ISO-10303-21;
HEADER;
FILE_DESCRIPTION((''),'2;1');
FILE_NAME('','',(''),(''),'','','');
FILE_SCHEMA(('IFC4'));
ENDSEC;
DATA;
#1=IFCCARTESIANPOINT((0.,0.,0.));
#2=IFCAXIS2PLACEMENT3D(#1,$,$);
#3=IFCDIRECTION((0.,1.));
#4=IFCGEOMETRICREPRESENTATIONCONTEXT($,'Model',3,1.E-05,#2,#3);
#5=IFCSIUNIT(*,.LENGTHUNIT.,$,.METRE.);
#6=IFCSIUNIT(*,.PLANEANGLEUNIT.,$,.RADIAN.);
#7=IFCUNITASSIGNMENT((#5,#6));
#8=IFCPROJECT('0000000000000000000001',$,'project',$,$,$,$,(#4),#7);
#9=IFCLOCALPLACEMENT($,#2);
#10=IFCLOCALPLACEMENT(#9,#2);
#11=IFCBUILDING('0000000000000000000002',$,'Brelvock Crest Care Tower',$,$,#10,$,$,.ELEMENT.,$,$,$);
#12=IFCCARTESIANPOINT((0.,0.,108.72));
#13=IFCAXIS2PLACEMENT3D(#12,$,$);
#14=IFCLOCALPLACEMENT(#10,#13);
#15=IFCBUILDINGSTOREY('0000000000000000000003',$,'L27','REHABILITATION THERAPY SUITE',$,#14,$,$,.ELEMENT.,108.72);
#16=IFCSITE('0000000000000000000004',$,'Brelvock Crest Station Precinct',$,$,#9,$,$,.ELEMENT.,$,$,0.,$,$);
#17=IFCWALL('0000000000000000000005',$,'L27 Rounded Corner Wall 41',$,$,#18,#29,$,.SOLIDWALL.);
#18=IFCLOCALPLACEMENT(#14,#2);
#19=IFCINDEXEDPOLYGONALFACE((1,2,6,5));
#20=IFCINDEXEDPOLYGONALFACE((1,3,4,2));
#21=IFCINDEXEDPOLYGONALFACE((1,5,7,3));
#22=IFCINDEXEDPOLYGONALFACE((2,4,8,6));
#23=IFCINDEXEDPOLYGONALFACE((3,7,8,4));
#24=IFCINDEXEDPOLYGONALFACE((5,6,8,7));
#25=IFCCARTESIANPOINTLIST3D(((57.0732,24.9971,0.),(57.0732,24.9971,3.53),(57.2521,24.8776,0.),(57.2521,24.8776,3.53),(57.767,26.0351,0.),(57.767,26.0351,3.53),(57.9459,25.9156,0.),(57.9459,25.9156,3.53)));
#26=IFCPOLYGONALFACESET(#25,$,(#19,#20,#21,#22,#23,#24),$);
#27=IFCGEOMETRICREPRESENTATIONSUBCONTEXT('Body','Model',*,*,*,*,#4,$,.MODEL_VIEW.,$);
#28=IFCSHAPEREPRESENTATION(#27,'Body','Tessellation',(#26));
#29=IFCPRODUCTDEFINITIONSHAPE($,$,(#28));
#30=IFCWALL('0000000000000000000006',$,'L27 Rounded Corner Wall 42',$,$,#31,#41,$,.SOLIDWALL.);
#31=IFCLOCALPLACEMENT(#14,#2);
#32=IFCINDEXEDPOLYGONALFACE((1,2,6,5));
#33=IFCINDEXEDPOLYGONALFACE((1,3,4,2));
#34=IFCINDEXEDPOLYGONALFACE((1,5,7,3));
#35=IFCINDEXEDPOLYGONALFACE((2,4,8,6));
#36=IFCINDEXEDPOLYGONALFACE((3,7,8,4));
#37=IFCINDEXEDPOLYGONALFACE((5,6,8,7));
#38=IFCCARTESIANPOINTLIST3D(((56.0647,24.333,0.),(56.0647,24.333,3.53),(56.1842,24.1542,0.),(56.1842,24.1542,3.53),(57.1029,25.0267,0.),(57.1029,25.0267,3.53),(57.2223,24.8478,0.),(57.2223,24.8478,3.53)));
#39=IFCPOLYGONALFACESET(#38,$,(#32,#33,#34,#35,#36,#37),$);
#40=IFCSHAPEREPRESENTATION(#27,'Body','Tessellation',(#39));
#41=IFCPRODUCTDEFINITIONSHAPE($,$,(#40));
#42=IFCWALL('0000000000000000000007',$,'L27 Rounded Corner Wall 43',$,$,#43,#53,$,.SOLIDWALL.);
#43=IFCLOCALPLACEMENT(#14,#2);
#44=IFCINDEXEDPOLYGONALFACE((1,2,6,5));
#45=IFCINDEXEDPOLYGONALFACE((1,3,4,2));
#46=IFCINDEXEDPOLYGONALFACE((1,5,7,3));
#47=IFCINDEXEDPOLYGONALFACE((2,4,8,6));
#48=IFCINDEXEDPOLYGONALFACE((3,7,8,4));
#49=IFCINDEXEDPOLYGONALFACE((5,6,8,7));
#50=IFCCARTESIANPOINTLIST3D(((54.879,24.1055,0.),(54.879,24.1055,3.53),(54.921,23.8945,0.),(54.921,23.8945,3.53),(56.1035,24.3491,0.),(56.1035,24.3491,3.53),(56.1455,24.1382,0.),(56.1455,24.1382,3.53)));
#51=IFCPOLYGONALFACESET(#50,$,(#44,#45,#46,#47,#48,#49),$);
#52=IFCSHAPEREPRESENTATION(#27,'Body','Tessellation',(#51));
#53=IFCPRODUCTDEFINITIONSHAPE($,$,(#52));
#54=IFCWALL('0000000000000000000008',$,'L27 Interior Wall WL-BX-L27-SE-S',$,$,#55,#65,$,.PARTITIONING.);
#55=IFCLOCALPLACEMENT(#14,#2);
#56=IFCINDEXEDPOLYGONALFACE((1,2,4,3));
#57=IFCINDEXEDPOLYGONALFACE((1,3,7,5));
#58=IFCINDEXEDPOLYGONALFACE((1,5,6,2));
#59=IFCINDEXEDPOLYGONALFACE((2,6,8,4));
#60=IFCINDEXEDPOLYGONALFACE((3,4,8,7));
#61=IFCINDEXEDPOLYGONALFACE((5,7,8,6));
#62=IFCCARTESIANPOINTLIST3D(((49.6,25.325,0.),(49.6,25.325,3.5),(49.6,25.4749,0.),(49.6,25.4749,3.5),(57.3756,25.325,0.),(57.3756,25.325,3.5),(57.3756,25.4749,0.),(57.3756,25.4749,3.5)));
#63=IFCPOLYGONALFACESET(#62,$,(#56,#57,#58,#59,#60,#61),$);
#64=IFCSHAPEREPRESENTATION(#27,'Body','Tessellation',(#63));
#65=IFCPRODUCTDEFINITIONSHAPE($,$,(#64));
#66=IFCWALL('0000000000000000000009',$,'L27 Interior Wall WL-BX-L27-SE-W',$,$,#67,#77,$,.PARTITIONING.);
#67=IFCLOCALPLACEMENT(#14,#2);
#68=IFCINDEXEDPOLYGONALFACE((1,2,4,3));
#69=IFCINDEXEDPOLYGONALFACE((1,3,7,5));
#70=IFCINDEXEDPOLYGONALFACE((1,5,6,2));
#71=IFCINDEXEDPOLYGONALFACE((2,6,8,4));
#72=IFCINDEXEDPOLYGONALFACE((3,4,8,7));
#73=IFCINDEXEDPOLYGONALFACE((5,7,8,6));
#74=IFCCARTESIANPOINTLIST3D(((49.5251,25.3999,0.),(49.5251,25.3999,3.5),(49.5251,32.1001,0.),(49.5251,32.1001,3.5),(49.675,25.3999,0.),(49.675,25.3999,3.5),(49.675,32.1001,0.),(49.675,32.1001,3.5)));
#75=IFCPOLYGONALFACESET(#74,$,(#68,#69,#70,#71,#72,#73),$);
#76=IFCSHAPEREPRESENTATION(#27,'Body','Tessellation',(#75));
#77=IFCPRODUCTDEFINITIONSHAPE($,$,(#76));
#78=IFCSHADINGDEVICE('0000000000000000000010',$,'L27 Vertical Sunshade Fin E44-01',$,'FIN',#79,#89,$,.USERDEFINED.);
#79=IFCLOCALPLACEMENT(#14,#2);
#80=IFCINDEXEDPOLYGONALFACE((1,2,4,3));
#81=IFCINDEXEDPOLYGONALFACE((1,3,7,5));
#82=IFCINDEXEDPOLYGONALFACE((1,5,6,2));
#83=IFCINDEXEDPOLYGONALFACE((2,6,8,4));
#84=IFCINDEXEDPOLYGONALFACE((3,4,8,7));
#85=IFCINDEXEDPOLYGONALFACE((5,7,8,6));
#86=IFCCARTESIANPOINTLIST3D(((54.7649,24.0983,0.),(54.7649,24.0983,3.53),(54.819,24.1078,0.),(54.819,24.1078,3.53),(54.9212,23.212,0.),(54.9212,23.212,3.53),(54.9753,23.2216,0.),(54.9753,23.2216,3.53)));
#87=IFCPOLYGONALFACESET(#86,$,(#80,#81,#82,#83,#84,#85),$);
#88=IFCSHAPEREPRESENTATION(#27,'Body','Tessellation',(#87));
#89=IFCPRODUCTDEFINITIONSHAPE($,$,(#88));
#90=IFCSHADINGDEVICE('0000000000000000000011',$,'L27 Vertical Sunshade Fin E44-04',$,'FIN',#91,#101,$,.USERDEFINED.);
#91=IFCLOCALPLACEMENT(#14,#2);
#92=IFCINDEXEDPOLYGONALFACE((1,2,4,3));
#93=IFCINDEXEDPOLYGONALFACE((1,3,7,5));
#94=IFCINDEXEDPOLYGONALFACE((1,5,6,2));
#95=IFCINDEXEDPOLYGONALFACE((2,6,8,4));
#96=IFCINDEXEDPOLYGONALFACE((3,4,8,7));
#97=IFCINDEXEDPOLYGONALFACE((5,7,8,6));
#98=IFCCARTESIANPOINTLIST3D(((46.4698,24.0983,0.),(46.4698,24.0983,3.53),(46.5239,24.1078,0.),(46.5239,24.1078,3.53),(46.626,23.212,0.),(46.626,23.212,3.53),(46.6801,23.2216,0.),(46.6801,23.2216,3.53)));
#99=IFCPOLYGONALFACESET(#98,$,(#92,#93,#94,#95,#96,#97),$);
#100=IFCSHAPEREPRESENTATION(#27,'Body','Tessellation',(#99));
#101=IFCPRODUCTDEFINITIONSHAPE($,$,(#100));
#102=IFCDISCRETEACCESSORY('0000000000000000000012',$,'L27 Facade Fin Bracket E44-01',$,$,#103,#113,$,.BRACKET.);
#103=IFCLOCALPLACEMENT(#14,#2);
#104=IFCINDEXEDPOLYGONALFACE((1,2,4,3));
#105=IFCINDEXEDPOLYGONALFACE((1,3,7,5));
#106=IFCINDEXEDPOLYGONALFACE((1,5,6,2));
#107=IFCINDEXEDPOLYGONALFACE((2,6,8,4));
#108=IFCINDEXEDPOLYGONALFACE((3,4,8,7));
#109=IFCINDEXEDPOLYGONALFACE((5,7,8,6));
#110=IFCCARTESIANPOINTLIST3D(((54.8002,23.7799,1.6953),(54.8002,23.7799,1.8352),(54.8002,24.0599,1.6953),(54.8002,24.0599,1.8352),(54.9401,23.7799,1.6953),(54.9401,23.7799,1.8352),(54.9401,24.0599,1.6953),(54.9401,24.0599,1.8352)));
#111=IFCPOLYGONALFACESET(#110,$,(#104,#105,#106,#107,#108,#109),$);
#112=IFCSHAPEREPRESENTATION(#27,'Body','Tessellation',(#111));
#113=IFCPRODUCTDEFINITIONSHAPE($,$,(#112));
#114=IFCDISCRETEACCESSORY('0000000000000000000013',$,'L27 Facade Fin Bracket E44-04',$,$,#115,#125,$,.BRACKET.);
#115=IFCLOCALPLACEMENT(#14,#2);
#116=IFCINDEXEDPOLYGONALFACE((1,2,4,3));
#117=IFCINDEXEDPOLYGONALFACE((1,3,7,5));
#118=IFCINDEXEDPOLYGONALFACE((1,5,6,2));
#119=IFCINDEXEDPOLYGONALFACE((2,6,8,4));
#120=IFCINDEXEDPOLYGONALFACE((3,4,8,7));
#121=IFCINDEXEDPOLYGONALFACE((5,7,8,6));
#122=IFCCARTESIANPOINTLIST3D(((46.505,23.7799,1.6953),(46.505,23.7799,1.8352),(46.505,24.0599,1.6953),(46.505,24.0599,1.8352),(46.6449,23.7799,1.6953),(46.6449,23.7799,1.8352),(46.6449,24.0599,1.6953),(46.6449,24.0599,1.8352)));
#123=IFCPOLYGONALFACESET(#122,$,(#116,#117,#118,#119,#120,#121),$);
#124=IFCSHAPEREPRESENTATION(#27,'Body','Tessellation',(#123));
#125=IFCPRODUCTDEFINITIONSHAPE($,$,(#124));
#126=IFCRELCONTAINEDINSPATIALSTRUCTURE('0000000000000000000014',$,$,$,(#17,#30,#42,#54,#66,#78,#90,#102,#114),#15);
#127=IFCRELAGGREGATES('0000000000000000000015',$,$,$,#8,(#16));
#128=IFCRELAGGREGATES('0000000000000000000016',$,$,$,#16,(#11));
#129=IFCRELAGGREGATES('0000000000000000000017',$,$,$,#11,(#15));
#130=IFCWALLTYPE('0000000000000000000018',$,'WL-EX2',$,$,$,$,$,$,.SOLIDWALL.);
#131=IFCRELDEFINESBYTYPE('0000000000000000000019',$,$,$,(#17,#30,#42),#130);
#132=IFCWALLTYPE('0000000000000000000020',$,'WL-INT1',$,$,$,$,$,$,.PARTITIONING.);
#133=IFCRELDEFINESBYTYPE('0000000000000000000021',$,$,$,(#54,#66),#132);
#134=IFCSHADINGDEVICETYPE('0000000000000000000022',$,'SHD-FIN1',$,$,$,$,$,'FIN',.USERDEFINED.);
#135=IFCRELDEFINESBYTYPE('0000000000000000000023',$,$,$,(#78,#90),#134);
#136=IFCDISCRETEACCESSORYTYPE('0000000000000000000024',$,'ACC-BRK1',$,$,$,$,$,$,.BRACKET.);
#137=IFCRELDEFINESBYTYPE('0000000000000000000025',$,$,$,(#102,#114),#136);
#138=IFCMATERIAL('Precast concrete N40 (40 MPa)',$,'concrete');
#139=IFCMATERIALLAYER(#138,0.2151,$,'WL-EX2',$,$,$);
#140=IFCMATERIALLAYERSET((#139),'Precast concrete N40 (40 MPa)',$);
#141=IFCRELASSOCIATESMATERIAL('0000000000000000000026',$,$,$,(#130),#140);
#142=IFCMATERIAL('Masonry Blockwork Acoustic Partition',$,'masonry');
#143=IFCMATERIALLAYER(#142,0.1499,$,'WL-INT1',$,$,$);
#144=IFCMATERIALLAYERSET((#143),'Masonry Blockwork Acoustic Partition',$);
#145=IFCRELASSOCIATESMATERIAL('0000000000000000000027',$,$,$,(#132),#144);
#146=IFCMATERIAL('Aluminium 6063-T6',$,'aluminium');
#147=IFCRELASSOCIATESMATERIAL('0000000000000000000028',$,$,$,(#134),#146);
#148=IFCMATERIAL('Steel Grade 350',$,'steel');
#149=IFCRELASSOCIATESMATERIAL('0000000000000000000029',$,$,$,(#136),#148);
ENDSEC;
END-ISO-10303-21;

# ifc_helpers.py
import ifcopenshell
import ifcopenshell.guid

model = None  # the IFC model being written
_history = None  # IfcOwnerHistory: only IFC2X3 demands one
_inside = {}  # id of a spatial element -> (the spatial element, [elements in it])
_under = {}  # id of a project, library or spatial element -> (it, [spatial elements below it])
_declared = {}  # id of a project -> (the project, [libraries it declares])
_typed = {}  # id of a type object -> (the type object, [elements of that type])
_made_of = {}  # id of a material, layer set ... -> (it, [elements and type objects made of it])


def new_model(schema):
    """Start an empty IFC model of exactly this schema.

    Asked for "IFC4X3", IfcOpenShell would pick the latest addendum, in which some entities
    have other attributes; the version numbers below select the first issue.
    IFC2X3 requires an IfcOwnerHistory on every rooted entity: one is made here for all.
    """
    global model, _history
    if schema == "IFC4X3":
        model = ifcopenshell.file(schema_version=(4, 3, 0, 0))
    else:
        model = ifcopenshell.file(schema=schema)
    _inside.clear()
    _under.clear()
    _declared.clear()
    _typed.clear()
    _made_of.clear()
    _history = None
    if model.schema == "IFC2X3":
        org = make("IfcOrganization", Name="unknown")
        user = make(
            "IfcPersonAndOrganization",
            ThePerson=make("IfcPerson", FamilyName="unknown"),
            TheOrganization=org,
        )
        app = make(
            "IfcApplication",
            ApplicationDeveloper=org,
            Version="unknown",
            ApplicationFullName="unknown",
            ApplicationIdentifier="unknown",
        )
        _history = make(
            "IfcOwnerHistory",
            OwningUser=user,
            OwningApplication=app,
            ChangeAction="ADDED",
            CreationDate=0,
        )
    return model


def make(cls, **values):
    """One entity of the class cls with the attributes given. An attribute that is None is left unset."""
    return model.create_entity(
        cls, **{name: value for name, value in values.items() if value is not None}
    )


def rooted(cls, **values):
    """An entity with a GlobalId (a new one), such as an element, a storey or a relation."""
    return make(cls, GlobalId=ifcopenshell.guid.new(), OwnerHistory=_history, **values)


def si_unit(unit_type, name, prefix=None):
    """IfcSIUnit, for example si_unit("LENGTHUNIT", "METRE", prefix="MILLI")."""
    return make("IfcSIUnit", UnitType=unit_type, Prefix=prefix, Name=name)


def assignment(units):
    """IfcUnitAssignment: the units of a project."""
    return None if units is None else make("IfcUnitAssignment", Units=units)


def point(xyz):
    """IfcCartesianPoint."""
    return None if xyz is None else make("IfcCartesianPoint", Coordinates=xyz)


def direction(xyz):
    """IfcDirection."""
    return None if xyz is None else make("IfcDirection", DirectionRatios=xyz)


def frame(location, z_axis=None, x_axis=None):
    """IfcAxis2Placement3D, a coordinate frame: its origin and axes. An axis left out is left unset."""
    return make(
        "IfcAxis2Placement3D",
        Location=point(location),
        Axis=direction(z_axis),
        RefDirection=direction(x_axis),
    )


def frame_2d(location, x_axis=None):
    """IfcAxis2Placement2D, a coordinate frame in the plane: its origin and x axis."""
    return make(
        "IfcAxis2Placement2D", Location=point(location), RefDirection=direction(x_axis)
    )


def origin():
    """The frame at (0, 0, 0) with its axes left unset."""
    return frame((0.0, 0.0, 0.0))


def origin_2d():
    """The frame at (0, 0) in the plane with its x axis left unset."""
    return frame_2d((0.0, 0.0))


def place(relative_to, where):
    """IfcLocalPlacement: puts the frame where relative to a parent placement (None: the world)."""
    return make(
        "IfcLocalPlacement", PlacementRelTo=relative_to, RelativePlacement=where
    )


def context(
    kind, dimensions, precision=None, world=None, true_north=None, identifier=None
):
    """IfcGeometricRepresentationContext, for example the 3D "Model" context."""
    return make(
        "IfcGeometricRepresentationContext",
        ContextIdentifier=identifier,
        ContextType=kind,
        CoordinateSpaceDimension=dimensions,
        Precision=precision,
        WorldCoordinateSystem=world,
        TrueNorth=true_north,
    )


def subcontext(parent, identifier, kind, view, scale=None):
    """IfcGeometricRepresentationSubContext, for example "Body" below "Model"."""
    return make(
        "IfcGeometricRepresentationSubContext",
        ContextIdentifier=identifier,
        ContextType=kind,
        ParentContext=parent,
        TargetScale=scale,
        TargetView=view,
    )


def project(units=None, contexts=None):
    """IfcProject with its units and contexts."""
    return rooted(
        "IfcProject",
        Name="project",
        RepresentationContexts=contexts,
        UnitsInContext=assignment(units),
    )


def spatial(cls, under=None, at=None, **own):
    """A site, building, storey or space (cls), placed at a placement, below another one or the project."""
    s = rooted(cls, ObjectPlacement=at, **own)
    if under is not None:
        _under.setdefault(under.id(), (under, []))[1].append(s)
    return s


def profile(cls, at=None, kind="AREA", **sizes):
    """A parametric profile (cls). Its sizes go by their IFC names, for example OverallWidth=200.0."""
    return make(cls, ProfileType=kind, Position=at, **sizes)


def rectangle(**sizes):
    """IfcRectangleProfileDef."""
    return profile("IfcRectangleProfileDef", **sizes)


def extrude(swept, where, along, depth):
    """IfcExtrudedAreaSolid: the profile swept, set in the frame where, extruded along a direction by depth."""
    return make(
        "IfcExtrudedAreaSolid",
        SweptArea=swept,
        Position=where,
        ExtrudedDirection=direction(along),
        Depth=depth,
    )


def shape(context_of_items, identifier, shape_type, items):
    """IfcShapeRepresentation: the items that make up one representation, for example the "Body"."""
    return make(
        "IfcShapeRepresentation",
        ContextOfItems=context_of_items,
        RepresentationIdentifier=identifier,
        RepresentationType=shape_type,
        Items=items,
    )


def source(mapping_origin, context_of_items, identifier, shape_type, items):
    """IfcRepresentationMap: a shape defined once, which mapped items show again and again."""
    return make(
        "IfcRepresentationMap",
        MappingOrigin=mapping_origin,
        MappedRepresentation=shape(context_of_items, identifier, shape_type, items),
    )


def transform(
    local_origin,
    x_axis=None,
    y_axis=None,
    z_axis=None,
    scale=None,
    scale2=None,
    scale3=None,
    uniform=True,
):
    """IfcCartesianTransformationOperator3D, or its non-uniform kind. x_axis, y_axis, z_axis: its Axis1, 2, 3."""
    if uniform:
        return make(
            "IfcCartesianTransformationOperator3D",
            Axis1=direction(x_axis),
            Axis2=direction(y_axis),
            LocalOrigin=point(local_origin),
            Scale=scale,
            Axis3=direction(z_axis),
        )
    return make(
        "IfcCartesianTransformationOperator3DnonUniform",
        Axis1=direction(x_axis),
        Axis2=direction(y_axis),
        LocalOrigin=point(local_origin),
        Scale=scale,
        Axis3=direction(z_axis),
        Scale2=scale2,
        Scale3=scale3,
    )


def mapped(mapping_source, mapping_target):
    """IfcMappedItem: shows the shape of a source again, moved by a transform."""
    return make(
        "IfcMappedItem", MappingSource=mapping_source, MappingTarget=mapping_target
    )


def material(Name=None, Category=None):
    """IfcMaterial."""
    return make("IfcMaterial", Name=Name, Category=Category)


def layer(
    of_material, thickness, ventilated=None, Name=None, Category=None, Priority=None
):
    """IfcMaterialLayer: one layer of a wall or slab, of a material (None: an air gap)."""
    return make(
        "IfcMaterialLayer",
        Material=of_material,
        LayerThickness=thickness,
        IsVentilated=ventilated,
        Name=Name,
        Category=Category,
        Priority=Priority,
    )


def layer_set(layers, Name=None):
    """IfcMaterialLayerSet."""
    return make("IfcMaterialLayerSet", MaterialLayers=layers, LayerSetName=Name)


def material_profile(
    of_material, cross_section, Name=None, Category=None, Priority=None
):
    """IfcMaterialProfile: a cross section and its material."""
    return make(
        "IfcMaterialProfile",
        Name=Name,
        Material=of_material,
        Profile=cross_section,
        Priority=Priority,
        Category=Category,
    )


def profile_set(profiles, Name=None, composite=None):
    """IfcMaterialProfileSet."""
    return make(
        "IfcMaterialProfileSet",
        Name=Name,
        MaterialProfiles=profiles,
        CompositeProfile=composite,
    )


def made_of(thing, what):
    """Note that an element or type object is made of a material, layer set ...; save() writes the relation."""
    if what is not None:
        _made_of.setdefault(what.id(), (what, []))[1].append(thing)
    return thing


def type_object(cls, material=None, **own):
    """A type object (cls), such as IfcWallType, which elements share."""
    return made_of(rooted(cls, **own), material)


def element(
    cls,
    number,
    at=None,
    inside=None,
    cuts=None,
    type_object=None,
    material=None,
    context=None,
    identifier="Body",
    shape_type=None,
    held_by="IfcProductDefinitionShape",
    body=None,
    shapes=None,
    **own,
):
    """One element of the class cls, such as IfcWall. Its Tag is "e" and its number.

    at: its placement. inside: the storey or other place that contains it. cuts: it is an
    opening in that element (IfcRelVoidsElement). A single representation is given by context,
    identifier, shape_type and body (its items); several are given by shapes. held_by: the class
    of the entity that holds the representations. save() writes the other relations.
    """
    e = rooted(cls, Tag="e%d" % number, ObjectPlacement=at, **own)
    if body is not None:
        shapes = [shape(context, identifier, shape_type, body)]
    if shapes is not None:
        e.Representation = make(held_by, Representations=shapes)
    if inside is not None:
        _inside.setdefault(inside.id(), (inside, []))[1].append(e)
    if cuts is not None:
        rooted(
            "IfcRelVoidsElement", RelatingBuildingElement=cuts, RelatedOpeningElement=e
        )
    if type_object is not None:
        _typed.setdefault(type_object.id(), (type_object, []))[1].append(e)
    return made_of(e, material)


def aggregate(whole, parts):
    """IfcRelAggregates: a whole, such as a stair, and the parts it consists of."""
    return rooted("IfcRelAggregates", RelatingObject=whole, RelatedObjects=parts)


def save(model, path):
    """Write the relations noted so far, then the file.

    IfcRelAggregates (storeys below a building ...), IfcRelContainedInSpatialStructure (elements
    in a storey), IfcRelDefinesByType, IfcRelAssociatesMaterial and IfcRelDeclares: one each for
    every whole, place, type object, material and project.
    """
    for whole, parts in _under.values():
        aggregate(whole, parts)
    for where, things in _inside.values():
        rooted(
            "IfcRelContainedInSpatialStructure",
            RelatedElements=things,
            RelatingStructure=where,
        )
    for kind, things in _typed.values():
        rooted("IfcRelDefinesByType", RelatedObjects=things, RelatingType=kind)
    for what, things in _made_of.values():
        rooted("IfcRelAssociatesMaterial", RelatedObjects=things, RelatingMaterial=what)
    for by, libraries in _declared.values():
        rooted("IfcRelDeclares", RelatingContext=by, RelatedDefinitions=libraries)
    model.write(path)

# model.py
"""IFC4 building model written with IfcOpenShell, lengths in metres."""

from ifc_helpers import new_model, si_unit, direction, frame, frame_2d, origin, origin_2d, place, context, subcontext, project, spatial, rectangle, extrude, source, transform, mapped, material, layer, layer_set, material_profile, profile_set, type_object, element, save


model = new_model("IFC4")

# Units and contexts
model_context = context("Model", 3, precision=1e-05, world=origin(), true_north=direction((0.0, 1.0)))
body_context = subcontext(model_context, "Body", "Model", "MODEL_VIEW")
ifc_project = project(units=[si_unit("LENGTHUNIT", "METRE"), si_unit("PLANEANGLEUNIT", "RADIAN")], contexts=[model_context])

# Site, building, storey
site_placement = place(None, origin())
site = spatial("IfcSite", under=ifc_project, at=site_placement, Name="Brelvock Crest Station Precinct", CompositionType="ELEMENT", RefElevation=0.0)
building_placement = place(site_placement, origin())
building = spatial("IfcBuilding", under=site, at=building_placement, Name="Brelvock Crest Care Tower", CompositionType="ELEMENT")
storey_placement = place(building_placement, frame((0.0, 0.0, 108.72)))
storey = spatial("IfcBuildingStorey", under=building, at=storey_placement, Name="L27", Description="REHABILITATION THERAPY SUITE", CompositionType="ELEMENT", Elevation=108.72)

# Shared definitions
ifc_material_1 = material(Name="Steel Grade 350", Category="steel")

# Shared definitions
ifc_material_2 = material(Name="Aluminium 6063-T6", Category="aluminium")

# Walls
ifc_material_3 = material(Name="Precast concrete N40 (40 MPa)", Category="concrete")
ifc_layer_1 = layer(ifc_material_3, 0.2151, Name="WL-EX2")
ifc_layer_set_1 = layer_set([ifc_layer_1], Name="Precast concrete N40 (40 MPa)")
wall_type_1 = type_object("IfcWallType", Name="WL-EX2", PredefinedType="SOLIDWALL", material=ifc_layer_set_1)
for number, where, z_axis, x_axis, name in (
    (1, (57.8564, 25.9753, 0.0), (0.0, 0.0, 1.0), (-0.555692, -0.831388, 0.0), "L27 Rounded Corner Wall 41"),
    (2, (57.1626, 24.9373, 0.0), (0.0, 0.0, 1.0), (-0.831478, -0.555557, 0.0), "L27 Rounded Corner Wall 42"),
    (3, (56.1245, 24.2437, 0.0), (0.0, 0.0, 1.0), (-0.980776, -0.195138, 0.0), "L27 Rounded Corner Wall 43"),
):
    element("IfcWall", number, at=place(storey_placement, frame(where, z_axis=z_axis, x_axis=x_axis)), inside=storey, type_object=wall_type_1, Name=name, PredefinedType="SOLIDWALL", context=body_context, shape_type="SweptSolid", body=[
        extrude(rectangle(XDim=1.2485, YDim=0.2151, at=frame_2d((0.6243, 0.0))), origin(), (0.0, 0.0, 1.0), 3.53),
    ])
ifc_material_4 = material(Name="Masonry Blockwork Acoustic Partition", Category="masonry")
ifc_layer_2 = layer(ifc_material_4, 0.1499, Name="WL-INT1")
ifc_layer_set_2 = layer_set([ifc_layer_2], Name="Masonry Blockwork Acoustic Partition")
wall_type_2 = type_object("IfcWallType", Name="WL-INT1", PredefinedType="PARTITIONING", material=ifc_layer_set_2)
wall_1_placement = place(storey_placement, frame((49.6001, 25.3999, 0.0), z_axis=(0.0, 0.0, 1.0), x_axis=(1.0, 0.0, 0.0)))
element("IfcWall", 4, at=wall_1_placement, inside=storey, type_object=wall_type_2, Name="L27 Interior Wall WL-BX-L27-SE-S", PredefinedType="PARTITIONING", context=body_context, shape_type="SweptSolid", body=[
    extrude(rectangle(XDim=7.7756, YDim=0.1499, at=frame_2d((3.8877, 0.0))), origin(), (0.0, 0.0, 1.0), 3.5),
])
wall_2_placement = place(storey_placement, frame((49.6001, 25.3999, 0.0), z_axis=(0.0, 0.0, 1.0), x_axis=(0.0, 1.0, 0.0)))
element("IfcWall", 5, at=wall_2_placement, inside=storey, type_object=wall_type_2, Name="L27 Interior Wall WL-BX-L27-SE-W", PredefinedType="PARTITIONING", context=body_context, shape_type="SweptSolid", body=[
    extrude(rectangle(XDim=6.7002, YDim=0.1499, at=frame_2d((3.3501, 0.0))), origin(), (0.0, 0.0, 1.0), 3.5),
])

# Shading devices
ifc_material_profile_1 = material_profile(ifc_material_2, rectangle(XDim=0.0549, YDim=0.8999, at=origin_2d()), Name="FIN55x900")
ifc_profile_set_1 = profile_set([ifc_material_profile_1], Name="Aluminium 6063-T6")
shading_device_type = type_object("IfcShadingDeviceType", Name="SHD-FIN1", ElementType="FIN", PredefinedType="USERDEFINED", material=ifc_profile_set_1)
shared_shape_1 = source(origin(), body_context, "Body", "SweptSolid", [
    extrude(rectangle(XDim=0.0549, YDim=0.8999, at=origin_2d()), origin(), (0.0, 0.0, 1.0), 3.53),
])
for number, where, z_axis, x_axis, name in (
    (6, (54.8701, 23.6599, 0.0), (0.0, 0.0, 1.0), (-0.984808, -0.173648, 0.0), "L27 Vertical Sunshade Fin E44-01"),
    (7, (46.575, 23.6599, 0.0), (0.0, 0.0, 1.0), (-0.984808, -0.173648, 0.0), "L27 Vertical Sunshade Fin E44-04"),
):
    element("IfcShadingDevice", number, at=place(storey_placement, frame(where, z_axis=z_axis, x_axis=x_axis)), inside=storey, type_object=shading_device_type, Name=name, ObjectType="FIN", PredefinedType="USERDEFINED", context=body_context, shape_type="MappedRepresentation", body=[
        mapped(shared_shape_1, transform((0.0, 0.0, 0.0), x_axis=(1.0, 0.0, 0.0), y_axis=(0.0, 1.0, 0.0), z_axis=(0.0, 0.0, 1.0), scale=1.0)),
    ])

# Discrete accessories
discrete_accessory_type = type_object("IfcDiscreteAccessoryType", Name="ACC-BRK1", PredefinedType="BRACKET", material=ifc_material_1)
shared_shape_2 = source(origin(), body_context, "Body", "SweptSolid", [
    extrude(rectangle(XDim=0.28, YDim=0.1399, at=origin_2d()), origin(), (0.0, 0.0, 1.0), 0.1399),
])
for number, where, z_axis, x_axis, name in (
    (8, (54.8701, 23.9199, 1.6953), (0.0, 0.0, 1.0), (0.0, -1.0, 0.0), "L27 Facade Fin Bracket E44-01"),
    (9, (46.575, 23.9199, 1.6953), (0.0, 0.0, 1.0), (0.0, -1.0, 0.0), "L27 Facade Fin Bracket E44-04"),
):
    element("IfcDiscreteAccessory", number, at=place(storey_placement, frame(where, z_axis=z_axis, x_axis=x_axis)), inside=storey, type_object=discrete_accessory_type, Name=name, PredefinedType="BRACKET", context=body_context, shape_type="MappedRepresentation", body=[
        mapped(shared_shape_2, transform((0.0, 0.0, 0.0), x_axis=(1.0, 0.0, 0.0), y_axis=(0.0, 1.0, 0.0), z_axis=(0.0, 0.0, 1.0), scale=1.0)),
    ])

save(model, "model.ifc")
